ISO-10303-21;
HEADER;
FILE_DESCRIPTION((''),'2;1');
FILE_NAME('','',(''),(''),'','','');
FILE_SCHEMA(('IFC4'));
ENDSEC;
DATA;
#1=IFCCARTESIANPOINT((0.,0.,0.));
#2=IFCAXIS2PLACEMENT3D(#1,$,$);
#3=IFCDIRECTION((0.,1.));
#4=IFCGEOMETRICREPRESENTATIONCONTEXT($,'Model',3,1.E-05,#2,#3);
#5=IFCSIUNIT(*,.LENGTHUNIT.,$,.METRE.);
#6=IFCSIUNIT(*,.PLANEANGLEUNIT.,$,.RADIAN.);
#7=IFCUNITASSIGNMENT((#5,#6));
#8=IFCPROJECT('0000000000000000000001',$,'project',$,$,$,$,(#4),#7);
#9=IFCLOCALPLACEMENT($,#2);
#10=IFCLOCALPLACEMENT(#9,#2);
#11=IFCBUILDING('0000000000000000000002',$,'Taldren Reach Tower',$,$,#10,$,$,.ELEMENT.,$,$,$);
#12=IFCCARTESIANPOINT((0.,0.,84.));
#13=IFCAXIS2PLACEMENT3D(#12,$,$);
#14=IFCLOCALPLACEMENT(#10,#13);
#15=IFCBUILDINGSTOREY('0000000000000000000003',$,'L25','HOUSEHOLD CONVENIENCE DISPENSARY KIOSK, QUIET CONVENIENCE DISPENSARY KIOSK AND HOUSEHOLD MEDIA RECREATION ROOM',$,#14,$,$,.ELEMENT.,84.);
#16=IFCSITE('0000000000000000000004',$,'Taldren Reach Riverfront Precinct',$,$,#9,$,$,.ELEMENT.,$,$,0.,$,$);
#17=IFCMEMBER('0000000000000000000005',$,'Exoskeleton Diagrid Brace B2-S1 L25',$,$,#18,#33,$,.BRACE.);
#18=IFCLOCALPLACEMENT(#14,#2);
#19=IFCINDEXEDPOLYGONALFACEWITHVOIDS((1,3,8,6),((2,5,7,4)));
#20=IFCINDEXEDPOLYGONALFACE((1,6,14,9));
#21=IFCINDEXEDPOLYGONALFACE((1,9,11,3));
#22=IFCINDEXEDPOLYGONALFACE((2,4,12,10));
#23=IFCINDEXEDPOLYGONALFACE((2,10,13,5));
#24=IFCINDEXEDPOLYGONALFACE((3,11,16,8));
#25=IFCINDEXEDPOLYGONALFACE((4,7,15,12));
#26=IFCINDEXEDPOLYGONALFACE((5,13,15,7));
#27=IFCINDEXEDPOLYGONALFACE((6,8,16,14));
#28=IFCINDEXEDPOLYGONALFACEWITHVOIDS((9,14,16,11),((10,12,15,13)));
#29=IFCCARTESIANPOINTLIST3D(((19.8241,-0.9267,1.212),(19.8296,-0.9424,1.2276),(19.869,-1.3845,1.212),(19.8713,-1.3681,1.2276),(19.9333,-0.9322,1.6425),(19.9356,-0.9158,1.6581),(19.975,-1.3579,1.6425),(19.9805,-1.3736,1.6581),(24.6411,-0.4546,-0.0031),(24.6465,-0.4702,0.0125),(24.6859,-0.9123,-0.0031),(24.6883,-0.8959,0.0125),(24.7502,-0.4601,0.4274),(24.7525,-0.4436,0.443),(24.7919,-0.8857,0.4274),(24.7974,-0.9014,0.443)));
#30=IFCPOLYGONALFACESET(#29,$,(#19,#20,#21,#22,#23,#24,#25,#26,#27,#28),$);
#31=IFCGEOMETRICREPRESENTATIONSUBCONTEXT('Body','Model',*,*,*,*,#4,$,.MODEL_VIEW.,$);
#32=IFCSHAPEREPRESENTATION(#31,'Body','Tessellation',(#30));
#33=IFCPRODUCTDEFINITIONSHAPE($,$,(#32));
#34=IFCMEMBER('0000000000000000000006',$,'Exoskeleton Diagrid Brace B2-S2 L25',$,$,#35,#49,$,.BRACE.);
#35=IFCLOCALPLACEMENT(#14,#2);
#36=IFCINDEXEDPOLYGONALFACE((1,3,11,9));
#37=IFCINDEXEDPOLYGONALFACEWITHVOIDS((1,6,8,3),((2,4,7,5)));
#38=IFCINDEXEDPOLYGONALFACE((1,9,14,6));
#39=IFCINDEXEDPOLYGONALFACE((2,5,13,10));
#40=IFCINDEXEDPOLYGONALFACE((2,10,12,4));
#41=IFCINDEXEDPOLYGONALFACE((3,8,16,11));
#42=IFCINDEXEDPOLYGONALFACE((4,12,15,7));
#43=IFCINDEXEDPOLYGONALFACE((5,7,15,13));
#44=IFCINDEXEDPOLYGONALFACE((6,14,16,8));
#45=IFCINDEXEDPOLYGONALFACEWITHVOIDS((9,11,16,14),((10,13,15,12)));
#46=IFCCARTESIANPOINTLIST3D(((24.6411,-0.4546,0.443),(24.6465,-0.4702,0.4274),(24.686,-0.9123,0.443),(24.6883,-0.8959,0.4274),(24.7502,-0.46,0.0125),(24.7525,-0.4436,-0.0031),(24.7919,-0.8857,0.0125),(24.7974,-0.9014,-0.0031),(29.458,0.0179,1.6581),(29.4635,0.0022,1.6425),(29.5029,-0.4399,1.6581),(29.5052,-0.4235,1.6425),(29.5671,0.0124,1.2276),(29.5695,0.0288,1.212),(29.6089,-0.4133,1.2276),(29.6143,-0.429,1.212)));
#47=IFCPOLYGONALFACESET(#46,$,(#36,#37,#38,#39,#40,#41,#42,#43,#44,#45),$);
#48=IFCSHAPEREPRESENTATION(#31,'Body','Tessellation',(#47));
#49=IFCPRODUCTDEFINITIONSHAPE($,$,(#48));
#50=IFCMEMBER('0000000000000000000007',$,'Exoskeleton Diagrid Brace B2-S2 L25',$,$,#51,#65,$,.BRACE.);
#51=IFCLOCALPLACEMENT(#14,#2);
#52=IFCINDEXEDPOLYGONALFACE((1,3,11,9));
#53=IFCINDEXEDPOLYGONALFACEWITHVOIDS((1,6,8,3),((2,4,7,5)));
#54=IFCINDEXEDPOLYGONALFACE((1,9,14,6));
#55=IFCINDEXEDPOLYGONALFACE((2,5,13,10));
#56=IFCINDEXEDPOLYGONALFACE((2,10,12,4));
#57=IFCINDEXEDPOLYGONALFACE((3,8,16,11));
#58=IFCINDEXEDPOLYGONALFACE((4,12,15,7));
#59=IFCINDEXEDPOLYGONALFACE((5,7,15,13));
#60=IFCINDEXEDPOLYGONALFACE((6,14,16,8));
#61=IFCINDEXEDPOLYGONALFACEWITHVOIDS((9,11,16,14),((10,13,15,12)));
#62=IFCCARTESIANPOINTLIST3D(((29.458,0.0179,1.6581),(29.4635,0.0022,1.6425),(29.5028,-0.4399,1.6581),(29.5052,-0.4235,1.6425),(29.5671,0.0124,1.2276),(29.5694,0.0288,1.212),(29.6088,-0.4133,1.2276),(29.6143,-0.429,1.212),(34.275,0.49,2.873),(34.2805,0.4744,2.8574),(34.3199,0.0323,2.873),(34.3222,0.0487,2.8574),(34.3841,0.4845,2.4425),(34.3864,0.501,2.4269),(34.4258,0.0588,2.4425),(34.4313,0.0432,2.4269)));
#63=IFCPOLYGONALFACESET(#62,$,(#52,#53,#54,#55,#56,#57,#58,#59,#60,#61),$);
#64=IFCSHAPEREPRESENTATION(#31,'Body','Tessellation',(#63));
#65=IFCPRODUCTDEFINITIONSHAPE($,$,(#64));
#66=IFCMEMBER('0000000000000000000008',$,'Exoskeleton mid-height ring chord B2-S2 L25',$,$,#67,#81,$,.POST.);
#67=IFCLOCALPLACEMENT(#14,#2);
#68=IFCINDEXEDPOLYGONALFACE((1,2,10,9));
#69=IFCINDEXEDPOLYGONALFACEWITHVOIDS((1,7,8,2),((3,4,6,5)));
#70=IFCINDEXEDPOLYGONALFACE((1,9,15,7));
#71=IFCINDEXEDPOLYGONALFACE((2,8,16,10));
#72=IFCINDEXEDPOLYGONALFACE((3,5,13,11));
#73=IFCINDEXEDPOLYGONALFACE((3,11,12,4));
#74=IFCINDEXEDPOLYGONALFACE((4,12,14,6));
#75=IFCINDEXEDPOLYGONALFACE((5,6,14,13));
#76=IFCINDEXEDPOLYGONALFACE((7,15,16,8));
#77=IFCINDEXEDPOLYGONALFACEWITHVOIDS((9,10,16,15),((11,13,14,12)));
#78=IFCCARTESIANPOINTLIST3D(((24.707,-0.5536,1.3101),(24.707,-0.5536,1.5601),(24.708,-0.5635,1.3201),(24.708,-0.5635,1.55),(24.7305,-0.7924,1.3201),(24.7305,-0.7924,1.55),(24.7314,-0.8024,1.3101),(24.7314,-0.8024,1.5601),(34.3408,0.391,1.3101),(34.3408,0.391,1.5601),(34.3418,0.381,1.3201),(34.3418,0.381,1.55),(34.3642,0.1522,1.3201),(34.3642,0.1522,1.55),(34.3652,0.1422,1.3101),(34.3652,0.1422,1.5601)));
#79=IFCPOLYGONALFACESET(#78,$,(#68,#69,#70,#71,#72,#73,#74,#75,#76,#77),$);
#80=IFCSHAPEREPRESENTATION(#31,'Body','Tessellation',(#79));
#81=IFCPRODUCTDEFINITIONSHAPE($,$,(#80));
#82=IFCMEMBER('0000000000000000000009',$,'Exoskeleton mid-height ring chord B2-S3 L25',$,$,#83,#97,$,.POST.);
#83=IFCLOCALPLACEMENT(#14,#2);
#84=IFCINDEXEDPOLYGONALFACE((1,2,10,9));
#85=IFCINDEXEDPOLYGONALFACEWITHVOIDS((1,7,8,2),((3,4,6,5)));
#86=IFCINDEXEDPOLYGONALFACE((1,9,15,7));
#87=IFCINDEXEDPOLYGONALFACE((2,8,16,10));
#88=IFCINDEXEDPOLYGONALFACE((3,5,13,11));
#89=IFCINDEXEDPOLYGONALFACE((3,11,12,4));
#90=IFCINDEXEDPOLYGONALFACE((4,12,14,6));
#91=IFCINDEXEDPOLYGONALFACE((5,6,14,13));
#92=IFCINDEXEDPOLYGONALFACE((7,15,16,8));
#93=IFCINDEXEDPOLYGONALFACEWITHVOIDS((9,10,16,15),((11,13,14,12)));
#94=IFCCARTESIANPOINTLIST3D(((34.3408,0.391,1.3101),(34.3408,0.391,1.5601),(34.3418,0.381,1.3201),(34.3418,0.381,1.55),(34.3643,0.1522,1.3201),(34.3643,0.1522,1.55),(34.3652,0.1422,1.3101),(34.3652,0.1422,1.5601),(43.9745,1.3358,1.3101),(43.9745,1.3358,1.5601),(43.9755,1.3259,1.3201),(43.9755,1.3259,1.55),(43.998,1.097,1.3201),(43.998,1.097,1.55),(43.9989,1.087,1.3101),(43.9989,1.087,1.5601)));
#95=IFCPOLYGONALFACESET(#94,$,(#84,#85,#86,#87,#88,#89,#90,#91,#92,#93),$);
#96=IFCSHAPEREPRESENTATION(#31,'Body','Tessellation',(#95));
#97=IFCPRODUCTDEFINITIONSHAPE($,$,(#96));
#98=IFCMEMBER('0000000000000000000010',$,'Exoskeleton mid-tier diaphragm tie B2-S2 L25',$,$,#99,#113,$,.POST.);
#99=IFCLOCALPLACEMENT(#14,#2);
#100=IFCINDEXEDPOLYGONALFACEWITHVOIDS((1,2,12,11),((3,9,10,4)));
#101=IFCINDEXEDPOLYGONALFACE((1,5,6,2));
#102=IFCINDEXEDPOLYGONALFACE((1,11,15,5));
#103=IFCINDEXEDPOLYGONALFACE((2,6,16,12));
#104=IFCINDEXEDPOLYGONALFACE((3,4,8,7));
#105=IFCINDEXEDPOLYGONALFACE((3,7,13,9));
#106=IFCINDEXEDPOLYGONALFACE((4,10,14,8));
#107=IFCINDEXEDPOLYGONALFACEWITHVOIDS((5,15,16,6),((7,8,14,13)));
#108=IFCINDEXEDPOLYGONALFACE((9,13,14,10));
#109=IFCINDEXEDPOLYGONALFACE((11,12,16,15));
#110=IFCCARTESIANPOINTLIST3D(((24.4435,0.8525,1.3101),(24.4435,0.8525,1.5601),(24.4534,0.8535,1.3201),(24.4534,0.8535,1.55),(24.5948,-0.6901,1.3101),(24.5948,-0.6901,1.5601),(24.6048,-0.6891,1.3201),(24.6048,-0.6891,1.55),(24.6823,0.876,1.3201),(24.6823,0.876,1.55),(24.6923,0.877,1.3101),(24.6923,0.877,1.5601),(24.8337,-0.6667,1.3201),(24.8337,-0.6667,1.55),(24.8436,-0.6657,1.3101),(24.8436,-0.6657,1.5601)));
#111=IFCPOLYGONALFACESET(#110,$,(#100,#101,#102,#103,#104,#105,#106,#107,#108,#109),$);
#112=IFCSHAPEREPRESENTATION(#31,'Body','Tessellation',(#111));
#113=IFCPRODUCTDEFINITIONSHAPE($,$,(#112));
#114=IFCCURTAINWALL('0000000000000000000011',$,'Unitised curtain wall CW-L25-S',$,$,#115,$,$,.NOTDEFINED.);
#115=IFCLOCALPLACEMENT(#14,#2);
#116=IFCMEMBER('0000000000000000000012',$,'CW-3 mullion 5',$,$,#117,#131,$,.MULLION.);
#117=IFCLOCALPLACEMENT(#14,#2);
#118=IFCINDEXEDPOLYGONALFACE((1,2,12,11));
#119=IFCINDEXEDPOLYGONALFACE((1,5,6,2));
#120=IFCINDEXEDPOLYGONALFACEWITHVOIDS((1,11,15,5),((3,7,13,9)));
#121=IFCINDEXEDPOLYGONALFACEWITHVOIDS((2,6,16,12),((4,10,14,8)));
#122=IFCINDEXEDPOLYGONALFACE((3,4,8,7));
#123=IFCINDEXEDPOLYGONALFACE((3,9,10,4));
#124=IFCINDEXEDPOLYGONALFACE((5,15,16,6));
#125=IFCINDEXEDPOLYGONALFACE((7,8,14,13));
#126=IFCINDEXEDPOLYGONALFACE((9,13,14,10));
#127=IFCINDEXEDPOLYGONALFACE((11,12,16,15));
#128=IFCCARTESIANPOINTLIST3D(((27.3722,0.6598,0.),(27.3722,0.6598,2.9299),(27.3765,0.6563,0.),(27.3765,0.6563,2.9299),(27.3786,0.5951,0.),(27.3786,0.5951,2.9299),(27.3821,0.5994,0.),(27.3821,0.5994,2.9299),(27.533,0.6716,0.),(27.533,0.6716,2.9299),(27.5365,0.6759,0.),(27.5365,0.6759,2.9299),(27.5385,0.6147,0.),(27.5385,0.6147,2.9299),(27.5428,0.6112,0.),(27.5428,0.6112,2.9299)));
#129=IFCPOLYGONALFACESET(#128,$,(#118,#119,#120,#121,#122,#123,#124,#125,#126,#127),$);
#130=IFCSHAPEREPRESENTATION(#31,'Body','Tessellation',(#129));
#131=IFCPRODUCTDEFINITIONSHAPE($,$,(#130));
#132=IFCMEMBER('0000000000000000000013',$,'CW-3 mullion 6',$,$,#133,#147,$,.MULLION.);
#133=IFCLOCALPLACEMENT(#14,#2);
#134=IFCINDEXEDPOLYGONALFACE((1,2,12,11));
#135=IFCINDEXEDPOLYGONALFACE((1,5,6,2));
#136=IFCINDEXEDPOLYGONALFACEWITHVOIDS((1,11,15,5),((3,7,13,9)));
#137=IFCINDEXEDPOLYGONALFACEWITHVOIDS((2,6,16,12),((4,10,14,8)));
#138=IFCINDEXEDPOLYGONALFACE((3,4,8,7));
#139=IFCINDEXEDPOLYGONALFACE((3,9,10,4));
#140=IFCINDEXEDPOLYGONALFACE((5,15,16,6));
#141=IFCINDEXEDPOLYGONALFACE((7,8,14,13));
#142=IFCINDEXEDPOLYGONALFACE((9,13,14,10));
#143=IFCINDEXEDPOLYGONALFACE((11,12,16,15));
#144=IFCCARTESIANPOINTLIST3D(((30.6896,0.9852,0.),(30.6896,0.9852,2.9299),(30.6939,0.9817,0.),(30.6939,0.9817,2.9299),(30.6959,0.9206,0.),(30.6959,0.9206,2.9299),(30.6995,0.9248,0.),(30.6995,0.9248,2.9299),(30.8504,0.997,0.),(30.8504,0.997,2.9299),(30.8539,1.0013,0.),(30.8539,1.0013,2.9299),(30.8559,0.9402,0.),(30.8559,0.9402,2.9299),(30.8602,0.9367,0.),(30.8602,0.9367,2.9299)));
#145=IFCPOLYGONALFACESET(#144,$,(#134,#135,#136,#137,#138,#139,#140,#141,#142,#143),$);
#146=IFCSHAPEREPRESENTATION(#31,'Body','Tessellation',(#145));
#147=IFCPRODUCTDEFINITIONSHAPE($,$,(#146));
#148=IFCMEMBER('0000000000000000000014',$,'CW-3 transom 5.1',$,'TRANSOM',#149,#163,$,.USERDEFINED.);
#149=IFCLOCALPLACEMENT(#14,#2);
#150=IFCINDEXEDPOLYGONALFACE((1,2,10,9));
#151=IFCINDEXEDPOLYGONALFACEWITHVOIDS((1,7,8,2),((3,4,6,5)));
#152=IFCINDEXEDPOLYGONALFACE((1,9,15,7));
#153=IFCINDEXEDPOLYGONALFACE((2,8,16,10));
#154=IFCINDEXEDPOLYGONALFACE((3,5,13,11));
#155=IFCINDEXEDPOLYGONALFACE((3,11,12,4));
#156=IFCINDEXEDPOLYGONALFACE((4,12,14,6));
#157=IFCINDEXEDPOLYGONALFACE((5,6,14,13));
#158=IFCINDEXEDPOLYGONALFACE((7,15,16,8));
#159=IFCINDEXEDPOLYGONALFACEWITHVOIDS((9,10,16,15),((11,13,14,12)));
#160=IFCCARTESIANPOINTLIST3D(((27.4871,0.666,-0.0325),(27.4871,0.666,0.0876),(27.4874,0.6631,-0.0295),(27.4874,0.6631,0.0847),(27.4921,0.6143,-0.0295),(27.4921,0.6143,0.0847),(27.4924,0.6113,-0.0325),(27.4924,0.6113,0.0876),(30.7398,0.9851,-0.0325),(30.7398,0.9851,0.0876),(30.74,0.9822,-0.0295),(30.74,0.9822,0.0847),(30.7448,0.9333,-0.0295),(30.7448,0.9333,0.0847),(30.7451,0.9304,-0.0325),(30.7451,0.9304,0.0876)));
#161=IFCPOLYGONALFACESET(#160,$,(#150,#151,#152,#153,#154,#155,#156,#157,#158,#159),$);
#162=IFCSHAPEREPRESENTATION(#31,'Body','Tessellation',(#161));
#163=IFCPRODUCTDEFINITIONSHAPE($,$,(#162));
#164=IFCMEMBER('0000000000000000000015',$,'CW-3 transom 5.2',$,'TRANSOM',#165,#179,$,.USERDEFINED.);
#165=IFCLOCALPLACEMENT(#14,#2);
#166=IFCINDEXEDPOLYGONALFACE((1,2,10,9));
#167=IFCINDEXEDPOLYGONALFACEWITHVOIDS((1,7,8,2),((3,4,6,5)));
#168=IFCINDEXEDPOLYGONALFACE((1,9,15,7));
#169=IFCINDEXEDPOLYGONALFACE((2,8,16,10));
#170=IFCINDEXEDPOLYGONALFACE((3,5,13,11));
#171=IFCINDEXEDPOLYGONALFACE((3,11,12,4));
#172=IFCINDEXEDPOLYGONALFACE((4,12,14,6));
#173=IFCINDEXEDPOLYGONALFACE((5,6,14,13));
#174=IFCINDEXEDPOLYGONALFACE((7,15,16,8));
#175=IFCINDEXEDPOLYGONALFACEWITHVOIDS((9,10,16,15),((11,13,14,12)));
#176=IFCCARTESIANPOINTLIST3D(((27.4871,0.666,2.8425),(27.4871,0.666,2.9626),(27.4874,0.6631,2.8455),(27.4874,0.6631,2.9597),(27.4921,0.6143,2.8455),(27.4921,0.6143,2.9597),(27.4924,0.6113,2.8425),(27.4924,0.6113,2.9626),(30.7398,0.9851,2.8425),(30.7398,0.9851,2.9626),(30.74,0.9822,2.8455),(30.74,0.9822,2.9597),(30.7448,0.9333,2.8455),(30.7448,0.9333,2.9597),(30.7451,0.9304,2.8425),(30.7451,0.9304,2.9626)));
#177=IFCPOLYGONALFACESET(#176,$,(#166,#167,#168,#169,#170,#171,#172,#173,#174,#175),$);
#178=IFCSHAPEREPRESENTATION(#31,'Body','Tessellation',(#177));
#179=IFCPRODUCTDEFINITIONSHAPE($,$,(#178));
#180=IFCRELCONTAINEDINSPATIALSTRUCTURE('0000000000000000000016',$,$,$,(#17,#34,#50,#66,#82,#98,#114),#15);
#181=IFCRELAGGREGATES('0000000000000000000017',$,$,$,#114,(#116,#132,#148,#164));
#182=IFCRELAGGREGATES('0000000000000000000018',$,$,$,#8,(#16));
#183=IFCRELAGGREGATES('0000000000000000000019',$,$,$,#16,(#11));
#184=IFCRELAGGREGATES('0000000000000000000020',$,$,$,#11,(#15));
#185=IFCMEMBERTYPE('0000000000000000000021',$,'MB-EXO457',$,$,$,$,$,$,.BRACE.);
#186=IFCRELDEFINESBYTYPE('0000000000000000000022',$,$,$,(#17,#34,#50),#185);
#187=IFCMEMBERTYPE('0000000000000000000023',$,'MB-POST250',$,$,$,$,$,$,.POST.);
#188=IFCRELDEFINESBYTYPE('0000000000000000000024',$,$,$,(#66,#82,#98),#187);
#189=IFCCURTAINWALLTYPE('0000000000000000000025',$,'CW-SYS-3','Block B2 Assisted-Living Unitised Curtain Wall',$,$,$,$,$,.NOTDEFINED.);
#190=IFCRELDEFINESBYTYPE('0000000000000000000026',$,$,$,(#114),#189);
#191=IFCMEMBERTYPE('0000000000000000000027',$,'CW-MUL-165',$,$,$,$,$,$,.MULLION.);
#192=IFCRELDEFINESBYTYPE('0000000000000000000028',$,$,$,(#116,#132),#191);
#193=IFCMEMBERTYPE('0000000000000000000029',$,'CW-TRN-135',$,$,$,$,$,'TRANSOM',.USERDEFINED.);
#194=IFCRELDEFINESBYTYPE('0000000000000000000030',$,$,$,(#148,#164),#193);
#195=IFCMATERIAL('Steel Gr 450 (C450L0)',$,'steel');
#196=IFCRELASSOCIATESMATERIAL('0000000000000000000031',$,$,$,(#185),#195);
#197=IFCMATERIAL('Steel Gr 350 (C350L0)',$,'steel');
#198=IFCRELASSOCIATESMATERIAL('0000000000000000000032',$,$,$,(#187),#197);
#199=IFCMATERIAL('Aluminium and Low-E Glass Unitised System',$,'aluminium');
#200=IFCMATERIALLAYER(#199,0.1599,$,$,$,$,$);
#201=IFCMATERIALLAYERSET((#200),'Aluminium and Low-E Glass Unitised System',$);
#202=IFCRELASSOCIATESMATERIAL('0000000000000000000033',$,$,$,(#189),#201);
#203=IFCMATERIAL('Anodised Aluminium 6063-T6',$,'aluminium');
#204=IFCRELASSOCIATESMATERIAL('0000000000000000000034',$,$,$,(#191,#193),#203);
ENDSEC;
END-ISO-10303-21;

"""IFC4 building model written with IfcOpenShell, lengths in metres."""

from ifc_helpers import new_model, si_unit, direction, frame, origin, origin_2d, place, context, subcontext, project, spatial, hollow_rectangle, extrude, source, transform, mapped, material, layer, layer_set, material_profile, profile_set, type_object, element, aggregate, save


model = new_model("IFC4")

# Units and contexts
model_context = context("Model", 3, precision=1e-05, world=origin(), true_north=direction((0.0, 1.0)))
body_context = subcontext(model_context, "Body", "Model", "MODEL_VIEW")
ifc_project = project(units=[si_unit("LENGTHUNIT", "METRE"), si_unit("PLANEANGLEUNIT", "RADIAN")], contexts=[model_context])

# Site, building, storey
site_placement = place(None, origin())
site = spatial("IfcSite", under=ifc_project, at=site_placement, Name="Taldren Reach Riverfront Precinct", CompositionType="ELEMENT", RefElevation=0.0)
building_placement = place(site_placement, origin())
building = spatial("IfcBuilding", under=site, at=building_placement, Name="Taldren Reach Tower", CompositionType="ELEMENT")
storey_placement = place(building_placement, frame((0.0, 0.0, 84.0)))
storey = spatial("IfcBuildingStorey", under=building, at=storey_placement, Name="L25", Description="HOUSEHOLD CONVENIENCE DISPENSARY KIOSK, QUIET CONVENIENCE DISPENSARY KIOSK AND HOUSEHOLD MEDIA RECREATION ROOM", CompositionType="ELEMENT", Elevation=84.0)

# Members
ifc_material_1 = material(Name="Steel Gr 450 (C450L0)", Category="steel")
ifc_material_profile_1 = material_profile(ifc_material_1, hollow_rectangle(XDim=0.46, YDim=0.46, WallThickness=0.0161, at=origin_2d()), Name="460x460x16.0SHS")
ifc_profile_set_1 = profile_set([ifc_material_profile_1], Name="Steel Gr 450 (C450L0)")
member_type_1 = type_object("IfcMemberType", Name="MB-EXO457", PredefinedType="BRACE", material=ifc_profile_set_1)
shared_shape_1 = source(origin(), body_context, "Body", "SweptSolid", [
    extrude(hollow_rectangle(XDim=0.46, YDim=0.46, WallThickness=0.0161, at=origin_2d()), origin(), (0.0, 0.0, 1.0), 4.9902),
])
for number, where, z_axis, x_axis, name in (
    (1, (24.7192, -0.678, 0.22), (-0.965276, -0.09462, 0.243496), (0.097556, -0.99523, 0.0), "Exoskeleton Diagrid Brace B2-S1 L25"),
    (2, (24.7192, -0.678, 0.22), (0.965271, 0.094668, 0.243495), (-0.097606, 0.995225, 0.0), "Exoskeleton Diagrid Brace B2-S2 L25"),
    (3, (29.5361, -0.2056, 1.4351), (0.965287, 0.094621, 0.24345), (-0.097556, 0.99523, 0.0), "Exoskeleton Diagrid Brace B2-S2 L25"),
):
    element("IfcMember", number, at=place(storey_placement, frame(where, z_axis=z_axis, x_axis=x_axis)), inside=storey, type_object=member_type_1, Name=name, PredefinedType="BRACE", context=body_context, shape_type="MappedRepresentation", body=[
        mapped(shared_shape_1, transform((0.0, 0.0, 0.0), scale=1.0)),
    ])
ifc_material_2 = material(Name="Steel Gr 350 (C350L0)", Category="steel")
ifc_material_profile_2 = material_profile(ifc_material_2, hollow_rectangle(XDim=0.25, YDim=0.25, WallThickness=0.01, at=origin_2d()), Name="250x250x10.0SHS")
ifc_profile_set_2 = profile_set([ifc_material_profile_2], Name="Steel Gr 350 (C350L0)")
member_type_2 = type_object("IfcMemberType", Name="MB-POST250", PredefinedType="POST", material=ifc_profile_set_2)
shared_shape_2 = source(origin(), body_context, "Body", "SweptSolid", [
    extrude(hollow_rectangle(XDim=0.25, YDim=0.25, WallThickness=0.01, at=origin_2d()), origin(), (0.0, 0.0, 1.0), 9.6799),
])
for number, where, z_axis, x_axis, name in (
    (4, (24.7192, -0.678, 1.4351), (0.995228, 0.097581, 0.0), (-0.097581, 0.995228, 0.0), "Exoskeleton mid-height ring chord B2-S2 L25"),
    (5, (34.353, 0.2666, 1.4351), (0.995225, 0.097606, 0.0), (-0.097606, 0.995225, 0.0), "Exoskeleton mid-height ring chord B2-S3 L25"),
):
    element("IfcMember", number, at=place(storey_placement, frame(where, z_axis=z_axis, x_axis=x_axis)), inside=storey, type_object=member_type_2, Name=name, PredefinedType="POST", context=body_context, shape_type="MappedRepresentation", body=[
        mapped(shared_shape_2, transform((0.0, 0.0, 0.0), scale=1.0)),
    ])
shared_shape_3 = source(origin(), body_context, "Body", "SweptSolid", [
    extrude(hollow_rectangle(XDim=0.25, YDim=0.25, WallThickness=0.01, at=origin_2d()), origin(), (0.0, 0.0, 1.0), 1.55),
])
member_1_placement = place(storey_placement, frame((24.5679, 0.8647, 1.4351), z_axis=(0.097648, -0.995221, 0.0), x_axis=(0.995221, 0.097648, 0.0)))
element("IfcMember", 6, at=member_1_placement, inside=storey, type_object=member_type_2, Name="Exoskeleton mid-tier diaphragm tie B2-S2 L25", PredefinedType="POST", context=body_context, shape_type="MappedRepresentation", body=[
    mapped(shared_shape_3, transform((0.0, 0.0, 0.0), scale=1.0)),
])

# Curtain wall, members
ifc_material_3 = material(Name="Aluminium and Low-E Glass Unitised System", Category="aluminium")
ifc_layer_1 = layer(ifc_material_3, 0.1599)
ifc_layer_set_1 = layer_set([ifc_layer_1], Name="Aluminium and Low-E Glass Unitised System")
curtain_wall_type = type_object("IfcCurtainWallType", Name="CW-SYS-3", Description="Block B2 Assisted-Living Unitised Curtain Wall", PredefinedType="NOTDEFINED", material=ifc_layer_set_1)
curtain_wall_placement = place(storey_placement, origin())
curtain_wall = element("IfcCurtainWall", 7, at=curtain_wall_placement, inside=storey, type_object=curtain_wall_type, Name="Unitised curtain wall CW-L25-S", PredefinedType="NOTDEFINED")
ifc_material_4 = material(Name="Anodised Aluminium 6063-T6", Category="aluminium")
ifc_material_profile_3 = material_profile(ifc_material_4, hollow_rectangle(XDim=0.0649, YDim=0.165, WallThickness=0.0039, at=origin_2d()), Name="ALU-165x65x4RHS")
ifc_profile_set_3 = profile_set([ifc_material_profile_3], Name="Anodised Aluminium 6063-T6")
member_type_3 = type_object("IfcMemberType", Name="CW-MUL-165", PredefinedType="MULLION", material=ifc_profile_set_3)
shared_shape_4 = source(origin(), body_context, "Body", "SweptSolid", [
    extrude(hollow_rectangle(XDim=0.0649, YDim=0.165, WallThickness=0.0039, at=origin_2d()), origin(), (0.0, 0.0, 1.0), 2.9299),
])
member_2_placement = place(storey_placement, frame((27.4575, 0.6355, 0.0), z_axis=(0.0, 0.0, 1.0), x_axis=(-0.097583, 0.995227, 0.0)))
member_2 = element("IfcMember", 8, at=member_2_placement, type_object=member_type_3, Name="CW-3 mullion 5", PredefinedType="MULLION", context=body_context, shape_type="MappedRepresentation", body=[
    mapped(shared_shape_4, transform((0.0, 0.0, 0.0), scale=1.0)),
])
member_3_placement = place(storey_placement, frame((30.7749, 0.9609, 0.0), z_axis=(0.0, 0.0, 1.0), x_axis=(-0.097583, 0.995227, 0.0)))
member_3 = element("IfcMember", 9, at=member_3_placement, type_object=member_type_3, Name="CW-3 mullion 6", PredefinedType="MULLION", context=body_context, shape_type="MappedRepresentation", body=[
    mapped(shared_shape_4, transform((0.0, 0.0, 0.0), scale=1.0)),
])
ifc_material_profile_4 = material_profile(ifc_material_4, hollow_rectangle(XDim=0.0549, YDim=0.1201, WallThickness=0.0029, at=origin_2d()), Name="ALU-120x55x3RHS")
ifc_profile_set_4 = profile_set([ifc_material_profile_4], Name="Anodised Aluminium 6063-T6")
member_type_4 = type_object("IfcMemberType", Name="CW-TRN-135", ElementType="TRANSOM", PredefinedType="USERDEFINED", material=ifc_profile_set_4)
shared_shape_5 = source(origin(), body_context, "Body", "SweptSolid", [
    extrude(hollow_rectangle(XDim=0.0549, YDim=0.1201, WallThickness=0.0029, at=origin_2d()), origin(), (0.0, 0.0, 1.0), 3.2683),
])
member_4_placement = place(storey_placement, frame((27.4897, 0.6387, 0.0276), z_axis=(0.995223, 0.097632, 0.0), x_axis=(-0.097632, 0.995223, 0.0)))
member_4 = element("IfcMember", 10, at=member_4_placement, type_object=member_type_4, Name="CW-3 transom 5.1", ObjectType="TRANSOM", PredefinedType="USERDEFINED", context=body_context, shape_type="MappedRepresentation", body=[
    mapped(shared_shape_5, transform((0.0, 0.0, 0.0), scale=1.0)),
])
member_5_placement = place(storey_placement, frame((27.4897, 0.6387, 2.9026), z_axis=(0.995223, 0.097632, 0.0), x_axis=(-0.097632, 0.995223, 0.0)))
member_5 = element("IfcMember", 11, at=member_5_placement, type_object=member_type_4, Name="CW-3 transom 5.2", ObjectType="TRANSOM", PredefinedType="USERDEFINED", context=body_context, shape_type="MappedRepresentation", body=[
    mapped(shared_shape_5, transform((0.0, 0.0, 0.0), scale=1.0)),
])

aggregate(curtain_wall, [member_2, member_3, member_4, member_5])

save(model, "model.ifc")
